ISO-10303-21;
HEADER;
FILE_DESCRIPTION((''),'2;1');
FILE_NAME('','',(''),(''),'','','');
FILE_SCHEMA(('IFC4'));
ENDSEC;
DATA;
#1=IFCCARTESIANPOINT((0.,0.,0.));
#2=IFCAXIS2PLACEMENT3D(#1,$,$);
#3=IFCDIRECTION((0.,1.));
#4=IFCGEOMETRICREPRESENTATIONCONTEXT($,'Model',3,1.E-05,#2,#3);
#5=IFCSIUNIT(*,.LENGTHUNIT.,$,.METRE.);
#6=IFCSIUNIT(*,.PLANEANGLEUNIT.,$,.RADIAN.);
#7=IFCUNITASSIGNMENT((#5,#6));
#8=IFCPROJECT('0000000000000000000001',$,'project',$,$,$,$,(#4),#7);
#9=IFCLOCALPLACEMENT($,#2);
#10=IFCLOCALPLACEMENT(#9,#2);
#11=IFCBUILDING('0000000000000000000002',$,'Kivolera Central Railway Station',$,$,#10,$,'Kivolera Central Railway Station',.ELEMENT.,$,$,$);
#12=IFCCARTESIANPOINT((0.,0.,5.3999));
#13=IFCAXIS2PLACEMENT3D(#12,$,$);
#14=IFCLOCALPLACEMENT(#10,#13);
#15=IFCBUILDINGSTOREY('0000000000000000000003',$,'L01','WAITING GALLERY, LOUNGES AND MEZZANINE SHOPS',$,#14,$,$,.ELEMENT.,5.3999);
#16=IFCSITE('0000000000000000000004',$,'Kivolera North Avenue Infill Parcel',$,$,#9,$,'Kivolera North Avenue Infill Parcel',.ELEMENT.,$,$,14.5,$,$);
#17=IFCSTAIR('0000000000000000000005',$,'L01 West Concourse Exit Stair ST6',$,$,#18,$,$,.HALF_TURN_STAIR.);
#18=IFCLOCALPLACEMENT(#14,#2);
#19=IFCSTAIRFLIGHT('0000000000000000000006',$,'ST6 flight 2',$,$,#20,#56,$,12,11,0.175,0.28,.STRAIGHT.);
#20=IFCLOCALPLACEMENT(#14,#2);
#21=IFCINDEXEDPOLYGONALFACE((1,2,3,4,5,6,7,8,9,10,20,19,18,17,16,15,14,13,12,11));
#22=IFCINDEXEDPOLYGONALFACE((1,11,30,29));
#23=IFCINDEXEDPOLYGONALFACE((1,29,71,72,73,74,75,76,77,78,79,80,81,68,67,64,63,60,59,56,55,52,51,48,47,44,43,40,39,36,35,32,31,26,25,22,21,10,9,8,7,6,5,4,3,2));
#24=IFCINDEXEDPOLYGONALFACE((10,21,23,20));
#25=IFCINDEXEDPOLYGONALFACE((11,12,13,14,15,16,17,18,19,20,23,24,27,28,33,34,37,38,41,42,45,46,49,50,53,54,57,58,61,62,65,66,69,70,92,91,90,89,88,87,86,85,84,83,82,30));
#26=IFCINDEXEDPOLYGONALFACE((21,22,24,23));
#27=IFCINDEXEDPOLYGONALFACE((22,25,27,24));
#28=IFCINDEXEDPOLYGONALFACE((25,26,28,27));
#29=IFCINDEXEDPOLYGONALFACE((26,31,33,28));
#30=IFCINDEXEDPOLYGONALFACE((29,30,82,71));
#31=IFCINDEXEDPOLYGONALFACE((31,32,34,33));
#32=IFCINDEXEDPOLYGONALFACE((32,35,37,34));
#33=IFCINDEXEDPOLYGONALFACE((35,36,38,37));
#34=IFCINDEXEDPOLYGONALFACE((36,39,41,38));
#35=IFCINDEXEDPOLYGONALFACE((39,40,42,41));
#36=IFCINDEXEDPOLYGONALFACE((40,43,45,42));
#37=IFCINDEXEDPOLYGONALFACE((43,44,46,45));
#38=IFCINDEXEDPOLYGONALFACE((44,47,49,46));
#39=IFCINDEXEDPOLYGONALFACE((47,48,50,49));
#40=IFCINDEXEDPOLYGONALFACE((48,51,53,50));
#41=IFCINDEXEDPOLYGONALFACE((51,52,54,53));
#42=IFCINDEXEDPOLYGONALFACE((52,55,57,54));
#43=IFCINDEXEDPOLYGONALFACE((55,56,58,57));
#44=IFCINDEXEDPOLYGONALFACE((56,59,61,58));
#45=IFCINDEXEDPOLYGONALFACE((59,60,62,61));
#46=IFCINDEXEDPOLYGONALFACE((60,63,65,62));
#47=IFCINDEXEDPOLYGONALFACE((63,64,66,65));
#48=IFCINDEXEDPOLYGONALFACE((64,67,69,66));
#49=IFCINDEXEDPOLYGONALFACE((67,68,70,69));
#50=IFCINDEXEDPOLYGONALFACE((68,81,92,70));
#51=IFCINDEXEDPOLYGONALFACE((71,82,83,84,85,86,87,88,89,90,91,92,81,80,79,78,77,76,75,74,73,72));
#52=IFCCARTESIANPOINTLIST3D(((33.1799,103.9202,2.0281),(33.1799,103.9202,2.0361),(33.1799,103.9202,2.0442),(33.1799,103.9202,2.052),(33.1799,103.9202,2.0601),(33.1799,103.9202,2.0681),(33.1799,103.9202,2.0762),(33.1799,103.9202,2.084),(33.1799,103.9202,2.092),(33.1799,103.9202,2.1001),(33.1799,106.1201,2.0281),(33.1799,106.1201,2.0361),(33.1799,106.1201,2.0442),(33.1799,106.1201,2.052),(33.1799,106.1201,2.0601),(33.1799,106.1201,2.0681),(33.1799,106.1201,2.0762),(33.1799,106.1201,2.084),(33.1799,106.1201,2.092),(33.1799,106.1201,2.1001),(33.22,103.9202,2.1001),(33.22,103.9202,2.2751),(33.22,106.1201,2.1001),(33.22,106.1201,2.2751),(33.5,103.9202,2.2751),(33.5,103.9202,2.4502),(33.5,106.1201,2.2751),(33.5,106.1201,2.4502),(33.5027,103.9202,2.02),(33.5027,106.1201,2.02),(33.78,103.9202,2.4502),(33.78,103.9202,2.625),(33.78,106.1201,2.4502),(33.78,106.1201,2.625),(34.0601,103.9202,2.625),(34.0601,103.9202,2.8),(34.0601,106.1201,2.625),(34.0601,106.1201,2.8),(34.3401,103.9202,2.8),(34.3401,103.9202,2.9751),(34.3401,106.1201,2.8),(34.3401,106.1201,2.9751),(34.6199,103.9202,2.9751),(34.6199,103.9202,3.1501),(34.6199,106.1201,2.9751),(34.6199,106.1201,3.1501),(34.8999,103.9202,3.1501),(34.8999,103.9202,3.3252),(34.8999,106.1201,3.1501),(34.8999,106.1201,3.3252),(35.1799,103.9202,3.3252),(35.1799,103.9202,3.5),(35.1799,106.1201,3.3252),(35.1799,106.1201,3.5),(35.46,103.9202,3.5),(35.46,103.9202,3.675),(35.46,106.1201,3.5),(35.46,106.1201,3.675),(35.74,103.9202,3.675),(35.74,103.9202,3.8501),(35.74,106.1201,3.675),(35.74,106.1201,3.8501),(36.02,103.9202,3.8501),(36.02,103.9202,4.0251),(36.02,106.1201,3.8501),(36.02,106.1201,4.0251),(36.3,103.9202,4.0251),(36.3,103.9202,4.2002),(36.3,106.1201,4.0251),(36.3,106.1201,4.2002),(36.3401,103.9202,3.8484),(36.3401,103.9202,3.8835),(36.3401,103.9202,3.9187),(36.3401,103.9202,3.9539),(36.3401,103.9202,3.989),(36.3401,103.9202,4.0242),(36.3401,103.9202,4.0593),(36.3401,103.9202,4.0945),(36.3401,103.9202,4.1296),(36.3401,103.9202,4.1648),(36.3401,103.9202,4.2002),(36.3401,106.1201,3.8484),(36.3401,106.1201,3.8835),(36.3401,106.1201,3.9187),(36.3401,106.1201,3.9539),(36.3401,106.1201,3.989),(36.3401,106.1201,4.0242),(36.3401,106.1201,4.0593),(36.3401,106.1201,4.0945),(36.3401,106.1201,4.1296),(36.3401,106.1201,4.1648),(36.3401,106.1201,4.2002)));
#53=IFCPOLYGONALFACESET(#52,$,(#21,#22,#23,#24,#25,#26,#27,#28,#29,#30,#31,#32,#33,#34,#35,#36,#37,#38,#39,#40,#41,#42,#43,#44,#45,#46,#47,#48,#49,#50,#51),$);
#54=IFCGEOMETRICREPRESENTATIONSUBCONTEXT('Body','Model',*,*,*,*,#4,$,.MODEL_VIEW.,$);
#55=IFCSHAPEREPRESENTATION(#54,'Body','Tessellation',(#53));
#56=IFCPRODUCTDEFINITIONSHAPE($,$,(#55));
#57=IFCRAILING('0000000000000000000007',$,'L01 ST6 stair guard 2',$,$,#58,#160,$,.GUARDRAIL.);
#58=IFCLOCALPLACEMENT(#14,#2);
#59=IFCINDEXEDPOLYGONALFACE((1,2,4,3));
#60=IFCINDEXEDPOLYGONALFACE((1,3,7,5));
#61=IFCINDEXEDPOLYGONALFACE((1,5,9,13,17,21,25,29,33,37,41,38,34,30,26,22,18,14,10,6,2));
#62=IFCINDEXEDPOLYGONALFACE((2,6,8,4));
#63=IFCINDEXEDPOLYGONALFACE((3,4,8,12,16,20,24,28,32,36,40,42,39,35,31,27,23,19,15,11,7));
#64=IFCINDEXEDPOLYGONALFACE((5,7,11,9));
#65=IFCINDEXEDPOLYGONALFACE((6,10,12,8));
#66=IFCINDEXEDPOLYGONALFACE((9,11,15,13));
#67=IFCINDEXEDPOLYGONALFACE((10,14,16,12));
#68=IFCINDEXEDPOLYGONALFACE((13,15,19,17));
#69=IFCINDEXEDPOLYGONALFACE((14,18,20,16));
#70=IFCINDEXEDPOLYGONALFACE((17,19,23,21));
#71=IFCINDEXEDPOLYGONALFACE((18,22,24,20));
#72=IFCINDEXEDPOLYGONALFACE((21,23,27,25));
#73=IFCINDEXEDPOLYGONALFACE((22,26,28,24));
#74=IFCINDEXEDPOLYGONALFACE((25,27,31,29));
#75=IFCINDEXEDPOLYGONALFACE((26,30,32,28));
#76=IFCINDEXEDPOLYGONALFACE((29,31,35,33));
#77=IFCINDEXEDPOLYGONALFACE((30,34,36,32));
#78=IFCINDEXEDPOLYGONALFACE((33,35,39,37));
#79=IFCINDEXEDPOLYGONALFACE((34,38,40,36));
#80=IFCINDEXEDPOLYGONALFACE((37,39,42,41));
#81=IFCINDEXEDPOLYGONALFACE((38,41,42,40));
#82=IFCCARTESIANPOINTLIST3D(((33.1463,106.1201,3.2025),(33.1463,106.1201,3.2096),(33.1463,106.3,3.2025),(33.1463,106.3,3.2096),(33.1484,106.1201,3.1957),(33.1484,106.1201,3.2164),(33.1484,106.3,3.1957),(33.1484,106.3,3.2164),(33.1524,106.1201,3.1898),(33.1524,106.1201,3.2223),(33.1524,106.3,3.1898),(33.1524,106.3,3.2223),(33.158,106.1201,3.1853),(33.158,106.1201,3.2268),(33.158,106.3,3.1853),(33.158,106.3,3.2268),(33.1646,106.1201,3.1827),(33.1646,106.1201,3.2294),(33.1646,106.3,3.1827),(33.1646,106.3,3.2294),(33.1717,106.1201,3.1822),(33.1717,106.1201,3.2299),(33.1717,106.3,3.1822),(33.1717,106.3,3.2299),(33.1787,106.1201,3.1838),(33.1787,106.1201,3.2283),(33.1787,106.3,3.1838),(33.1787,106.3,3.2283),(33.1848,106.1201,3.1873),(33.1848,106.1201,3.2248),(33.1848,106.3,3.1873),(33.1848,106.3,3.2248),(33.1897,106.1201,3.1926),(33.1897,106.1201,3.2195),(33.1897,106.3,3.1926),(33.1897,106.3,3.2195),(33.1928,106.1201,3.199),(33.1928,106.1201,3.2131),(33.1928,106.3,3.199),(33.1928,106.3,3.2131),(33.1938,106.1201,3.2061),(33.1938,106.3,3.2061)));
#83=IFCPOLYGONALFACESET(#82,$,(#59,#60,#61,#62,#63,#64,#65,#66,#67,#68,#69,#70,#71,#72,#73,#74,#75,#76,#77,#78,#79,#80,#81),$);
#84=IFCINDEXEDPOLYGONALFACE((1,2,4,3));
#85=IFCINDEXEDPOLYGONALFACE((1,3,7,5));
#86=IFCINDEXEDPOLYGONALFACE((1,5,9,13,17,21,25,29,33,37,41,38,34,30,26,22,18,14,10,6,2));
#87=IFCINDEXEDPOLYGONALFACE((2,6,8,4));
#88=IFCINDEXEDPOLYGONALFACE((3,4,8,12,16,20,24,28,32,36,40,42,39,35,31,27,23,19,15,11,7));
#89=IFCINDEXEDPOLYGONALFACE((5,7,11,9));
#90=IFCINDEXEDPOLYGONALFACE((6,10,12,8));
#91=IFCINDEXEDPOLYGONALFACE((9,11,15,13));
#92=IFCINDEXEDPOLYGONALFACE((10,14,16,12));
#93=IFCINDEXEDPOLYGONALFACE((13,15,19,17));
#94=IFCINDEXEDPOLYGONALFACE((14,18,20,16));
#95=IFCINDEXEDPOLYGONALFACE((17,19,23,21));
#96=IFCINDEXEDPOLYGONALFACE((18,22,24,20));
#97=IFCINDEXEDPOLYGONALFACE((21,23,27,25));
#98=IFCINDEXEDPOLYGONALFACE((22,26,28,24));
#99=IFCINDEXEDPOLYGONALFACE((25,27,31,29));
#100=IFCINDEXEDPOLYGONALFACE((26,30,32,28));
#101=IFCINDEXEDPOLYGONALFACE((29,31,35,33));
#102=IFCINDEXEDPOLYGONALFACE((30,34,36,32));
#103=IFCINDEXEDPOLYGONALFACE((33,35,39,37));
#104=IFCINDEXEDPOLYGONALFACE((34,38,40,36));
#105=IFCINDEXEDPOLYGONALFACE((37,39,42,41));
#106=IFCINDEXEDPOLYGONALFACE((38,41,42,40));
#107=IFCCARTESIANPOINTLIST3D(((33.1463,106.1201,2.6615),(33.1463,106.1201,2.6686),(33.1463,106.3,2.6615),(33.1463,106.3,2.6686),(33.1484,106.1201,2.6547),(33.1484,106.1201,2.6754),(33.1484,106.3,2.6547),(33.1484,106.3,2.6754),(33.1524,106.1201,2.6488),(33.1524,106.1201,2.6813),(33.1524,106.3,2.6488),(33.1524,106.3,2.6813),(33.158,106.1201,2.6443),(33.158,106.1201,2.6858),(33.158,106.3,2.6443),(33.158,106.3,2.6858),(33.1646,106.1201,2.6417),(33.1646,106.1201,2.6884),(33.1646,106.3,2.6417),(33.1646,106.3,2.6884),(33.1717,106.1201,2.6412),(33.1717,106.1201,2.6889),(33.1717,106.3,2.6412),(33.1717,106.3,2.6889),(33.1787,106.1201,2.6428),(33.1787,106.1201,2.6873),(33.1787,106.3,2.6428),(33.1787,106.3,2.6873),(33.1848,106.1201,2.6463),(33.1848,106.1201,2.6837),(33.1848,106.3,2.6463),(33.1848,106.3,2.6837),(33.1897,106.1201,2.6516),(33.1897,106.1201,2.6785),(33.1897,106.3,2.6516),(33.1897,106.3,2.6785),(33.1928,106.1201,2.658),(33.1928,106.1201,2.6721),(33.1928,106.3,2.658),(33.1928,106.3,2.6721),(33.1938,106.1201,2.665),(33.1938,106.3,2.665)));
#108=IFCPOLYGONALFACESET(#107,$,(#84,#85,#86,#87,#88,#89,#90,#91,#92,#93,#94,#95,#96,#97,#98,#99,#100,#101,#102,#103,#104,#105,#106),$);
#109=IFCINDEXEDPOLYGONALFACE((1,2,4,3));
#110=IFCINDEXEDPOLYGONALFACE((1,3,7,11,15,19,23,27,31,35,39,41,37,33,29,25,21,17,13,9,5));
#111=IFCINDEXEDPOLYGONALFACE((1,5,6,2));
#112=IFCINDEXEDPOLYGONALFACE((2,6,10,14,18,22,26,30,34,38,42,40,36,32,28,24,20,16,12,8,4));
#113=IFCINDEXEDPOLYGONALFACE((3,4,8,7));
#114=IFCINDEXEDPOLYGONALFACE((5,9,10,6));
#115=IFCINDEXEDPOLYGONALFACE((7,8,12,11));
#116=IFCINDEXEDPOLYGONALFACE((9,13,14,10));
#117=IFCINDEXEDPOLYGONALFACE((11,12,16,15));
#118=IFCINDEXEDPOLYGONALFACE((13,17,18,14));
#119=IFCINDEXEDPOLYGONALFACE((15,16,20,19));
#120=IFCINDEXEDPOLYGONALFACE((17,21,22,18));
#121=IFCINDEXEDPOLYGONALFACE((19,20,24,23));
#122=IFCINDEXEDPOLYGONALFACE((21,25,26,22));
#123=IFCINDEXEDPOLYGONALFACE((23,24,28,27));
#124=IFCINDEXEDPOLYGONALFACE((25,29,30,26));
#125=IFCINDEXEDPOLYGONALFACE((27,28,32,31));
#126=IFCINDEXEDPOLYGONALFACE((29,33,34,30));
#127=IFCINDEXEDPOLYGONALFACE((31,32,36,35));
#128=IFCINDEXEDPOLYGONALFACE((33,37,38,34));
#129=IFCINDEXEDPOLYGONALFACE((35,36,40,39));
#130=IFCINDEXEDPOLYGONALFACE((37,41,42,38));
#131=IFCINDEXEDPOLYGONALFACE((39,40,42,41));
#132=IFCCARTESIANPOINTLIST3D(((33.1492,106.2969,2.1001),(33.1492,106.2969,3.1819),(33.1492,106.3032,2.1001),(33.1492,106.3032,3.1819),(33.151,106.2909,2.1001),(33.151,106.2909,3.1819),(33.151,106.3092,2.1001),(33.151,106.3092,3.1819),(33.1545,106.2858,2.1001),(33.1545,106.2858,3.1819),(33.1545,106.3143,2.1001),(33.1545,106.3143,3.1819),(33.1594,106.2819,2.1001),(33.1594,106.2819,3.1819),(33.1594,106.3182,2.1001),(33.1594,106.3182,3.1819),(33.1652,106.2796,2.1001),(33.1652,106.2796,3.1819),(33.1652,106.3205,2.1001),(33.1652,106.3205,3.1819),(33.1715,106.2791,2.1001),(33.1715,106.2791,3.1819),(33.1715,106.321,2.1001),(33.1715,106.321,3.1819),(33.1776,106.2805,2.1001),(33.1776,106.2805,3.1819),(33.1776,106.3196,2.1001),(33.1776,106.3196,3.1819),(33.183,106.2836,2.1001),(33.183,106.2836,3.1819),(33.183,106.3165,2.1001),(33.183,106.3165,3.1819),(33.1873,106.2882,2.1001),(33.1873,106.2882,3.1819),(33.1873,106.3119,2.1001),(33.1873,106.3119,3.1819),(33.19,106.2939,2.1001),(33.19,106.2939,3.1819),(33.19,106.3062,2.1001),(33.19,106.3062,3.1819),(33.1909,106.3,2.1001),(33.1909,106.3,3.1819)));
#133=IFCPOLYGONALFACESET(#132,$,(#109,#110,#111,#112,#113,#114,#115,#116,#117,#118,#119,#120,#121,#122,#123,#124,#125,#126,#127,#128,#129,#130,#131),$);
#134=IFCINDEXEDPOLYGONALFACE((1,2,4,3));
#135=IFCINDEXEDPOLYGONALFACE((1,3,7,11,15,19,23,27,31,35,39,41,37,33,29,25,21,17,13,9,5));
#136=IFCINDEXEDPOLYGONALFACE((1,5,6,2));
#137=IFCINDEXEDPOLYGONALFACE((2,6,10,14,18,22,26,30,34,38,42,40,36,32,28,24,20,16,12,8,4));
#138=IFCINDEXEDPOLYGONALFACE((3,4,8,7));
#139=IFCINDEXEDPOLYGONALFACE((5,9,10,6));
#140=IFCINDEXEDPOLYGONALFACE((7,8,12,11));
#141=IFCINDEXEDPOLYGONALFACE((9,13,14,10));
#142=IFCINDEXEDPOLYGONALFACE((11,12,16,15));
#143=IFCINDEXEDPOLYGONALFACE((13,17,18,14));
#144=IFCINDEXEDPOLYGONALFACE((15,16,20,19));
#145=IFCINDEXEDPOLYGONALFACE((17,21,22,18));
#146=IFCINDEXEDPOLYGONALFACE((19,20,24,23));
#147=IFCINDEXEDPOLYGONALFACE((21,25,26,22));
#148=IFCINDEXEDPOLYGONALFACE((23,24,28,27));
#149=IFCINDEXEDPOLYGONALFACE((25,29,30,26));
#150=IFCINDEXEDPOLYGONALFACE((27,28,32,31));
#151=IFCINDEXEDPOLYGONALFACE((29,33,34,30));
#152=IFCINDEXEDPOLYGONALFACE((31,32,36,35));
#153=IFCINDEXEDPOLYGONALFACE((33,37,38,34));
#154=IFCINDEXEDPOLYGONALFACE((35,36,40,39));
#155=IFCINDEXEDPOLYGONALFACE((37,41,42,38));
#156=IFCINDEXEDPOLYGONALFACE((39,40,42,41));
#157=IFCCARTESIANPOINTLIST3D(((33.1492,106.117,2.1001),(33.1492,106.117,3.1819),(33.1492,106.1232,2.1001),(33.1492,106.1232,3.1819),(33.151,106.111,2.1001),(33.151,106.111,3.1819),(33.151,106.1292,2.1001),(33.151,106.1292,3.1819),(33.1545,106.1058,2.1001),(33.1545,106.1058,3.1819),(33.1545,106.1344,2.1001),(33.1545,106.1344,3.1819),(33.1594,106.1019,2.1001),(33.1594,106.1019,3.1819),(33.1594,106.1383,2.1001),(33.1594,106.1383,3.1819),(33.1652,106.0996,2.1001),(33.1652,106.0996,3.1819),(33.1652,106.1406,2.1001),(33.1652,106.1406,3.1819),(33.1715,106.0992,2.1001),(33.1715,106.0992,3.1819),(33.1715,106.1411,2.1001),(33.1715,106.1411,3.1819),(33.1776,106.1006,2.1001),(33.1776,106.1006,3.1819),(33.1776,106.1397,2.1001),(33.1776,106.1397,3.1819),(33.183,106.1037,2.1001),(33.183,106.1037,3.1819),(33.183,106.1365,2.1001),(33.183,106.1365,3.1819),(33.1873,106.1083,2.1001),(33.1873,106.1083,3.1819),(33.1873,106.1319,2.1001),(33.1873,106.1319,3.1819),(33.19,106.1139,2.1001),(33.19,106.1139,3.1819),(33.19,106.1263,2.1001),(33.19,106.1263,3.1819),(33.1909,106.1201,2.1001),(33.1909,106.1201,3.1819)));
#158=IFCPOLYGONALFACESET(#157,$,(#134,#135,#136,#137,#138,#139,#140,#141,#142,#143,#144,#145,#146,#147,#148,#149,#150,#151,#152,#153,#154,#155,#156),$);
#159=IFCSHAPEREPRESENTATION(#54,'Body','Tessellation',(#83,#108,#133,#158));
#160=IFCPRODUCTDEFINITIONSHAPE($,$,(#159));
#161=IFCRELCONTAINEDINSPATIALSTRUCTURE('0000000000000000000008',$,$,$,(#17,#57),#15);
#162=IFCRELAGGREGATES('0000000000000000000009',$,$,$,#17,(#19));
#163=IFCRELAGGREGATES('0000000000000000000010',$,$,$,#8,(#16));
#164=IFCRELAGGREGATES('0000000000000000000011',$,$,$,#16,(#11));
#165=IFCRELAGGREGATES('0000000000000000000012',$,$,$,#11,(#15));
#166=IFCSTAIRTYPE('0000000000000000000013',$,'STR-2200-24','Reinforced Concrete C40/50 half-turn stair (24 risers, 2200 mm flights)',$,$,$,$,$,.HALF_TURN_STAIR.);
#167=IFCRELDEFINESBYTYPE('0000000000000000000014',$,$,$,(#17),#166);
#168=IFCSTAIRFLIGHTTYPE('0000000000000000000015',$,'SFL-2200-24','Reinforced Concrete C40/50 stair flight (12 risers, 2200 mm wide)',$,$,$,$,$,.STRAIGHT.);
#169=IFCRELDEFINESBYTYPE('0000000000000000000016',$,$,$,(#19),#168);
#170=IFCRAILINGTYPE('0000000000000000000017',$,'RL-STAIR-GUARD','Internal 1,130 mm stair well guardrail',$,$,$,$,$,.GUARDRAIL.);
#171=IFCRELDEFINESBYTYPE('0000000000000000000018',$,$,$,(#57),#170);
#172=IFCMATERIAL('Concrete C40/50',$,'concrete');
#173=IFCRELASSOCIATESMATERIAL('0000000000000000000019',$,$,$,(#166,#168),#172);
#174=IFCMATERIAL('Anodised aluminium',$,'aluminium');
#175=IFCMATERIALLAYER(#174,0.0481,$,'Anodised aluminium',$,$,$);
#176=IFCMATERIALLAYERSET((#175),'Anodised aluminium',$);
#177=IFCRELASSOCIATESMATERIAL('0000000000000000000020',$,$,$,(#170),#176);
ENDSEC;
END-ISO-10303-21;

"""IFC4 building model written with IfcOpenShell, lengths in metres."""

from ifc_helpers import new_model, si_unit, direction, frame, origin, origin_2d, place, context, subcontext, project, spatial, polyline, circle, outline, extrude, material, layer, layer_set, type_object, element, aggregate, save


model = new_model("IFC4")

# Units and contexts
model_context = context("Model", 3, precision=1e-05, world=origin(), true_north=direction((0.0, 1.0)))
body_context = subcontext(model_context, "Body", "Model", "MODEL_VIEW")
ifc_project = project(units=[si_unit("LENGTHUNIT", "METRE"), si_unit("PLANEANGLEUNIT", "RADIAN")], contexts=[model_context])

# Site, building, storey
site_placement = place(None, origin())
site = spatial("IfcSite", under=ifc_project, at=site_placement, Name="Kivolera North Avenue Infill Parcel", LongName="Kivolera North Avenue Infill Parcel", CompositionType="ELEMENT", RefElevation=14.5)
building_placement = place(site_placement, origin())
building = spatial("IfcBuilding", under=site, at=building_placement, Name="Kivolera Central Railway Station", LongName="Kivolera Central Railway Station", CompositionType="ELEMENT")
storey_placement = place(building_placement, frame((0.0, 0.0, 5.3999)))
storey = spatial("IfcBuildingStorey", under=building, at=storey_placement, Name="L01", Description="WAITING GALLERY, LOUNGES AND MEZZANINE SHOPS", CompositionType="ELEMENT", Elevation=5.3999)

# Shared definitions
ifc_material_1 = material(Name="Concrete C40/50", Category="concrete")

# Shared definitions
ifc_material_2 = material(Name="Anodised aluminium", Category="aluminium")

# Stair, stair flight
stair_type = type_object("IfcStairType", Name="STR-2200-24", Description="Reinforced Concrete C40/50 half-turn stair (24 risers, 2200 mm flights)", PredefinedType="HALF_TURN_STAIR", material=ifc_material_1)
stair_placement = place(storey_placement, origin())
stair = element("IfcStair", 1, at=stair_placement, inside=storey, type_object=stair_type, Name="L01 West Concourse Exit Stair ST6", PredefinedType="HALF_TURN_STAIR")
stair_flight_type = type_object("IfcStairFlightType", Name="SFL-2200-24", Description="Reinforced Concrete C40/50 stair flight (12 risers, 2200 mm wide)", PredefinedType="STRAIGHT", material=ifc_material_1)
stair_flight_placement = place(storey_placement, frame((33.22, 105.02, 2.1001), z_axis=(0.0, 0.0, 1.0), x_axis=(1.0, 0.0, 0.0)))
stair_flight = element("IfcStairFlight", 2, at=stair_flight_placement, type_object=stair_flight_type, Name="ST6 flight 2", NumberOfRisers=12, NumberOfTreads=11, PredefinedType="STRAIGHT", RiserHeight=0.175, TreadLength=0.28, context=body_context, shape_type="SweptSolid", body=[
    extrude(outline(polyline([(-0.04, 0.0), (0.0, 0.0), (0.0, 0.175), (0.28, 0.175), (0.28, 0.3501), (0.5601, 0.3501), (0.5601, 0.5249), (0.8401, 0.5249), (0.8401, 0.7), (1.1201, 0.7), (1.1201, 0.875), (1.3999, 0.875), (1.3999, 1.05), (1.6799, 1.05), (1.6799, 1.2251), (1.96, 1.2251), (1.96, 1.3999), (2.24, 1.3999), (2.24, 1.575), (2.52, 1.575), (2.52, 1.75), (2.8, 1.75), (2.8, 1.925), (3.0801, 1.925), (3.0801, 2.1001), (3.1201, 2.1001), (3.1201, 2.0647), (3.1201, 2.0295), (3.1201, 1.9944), (3.1201, 1.9592), (3.1201, 1.9241), (3.1201, 1.8889), (3.1201, 1.8538), (3.1201, 1.8186), (3.1201, 1.7834), (3.1201, 1.7483), (0.2827, -0.0801), (-0.04, -0.072), (-0.04, -0.064), (-0.04, -0.0559), (-0.04, -0.0481), (-0.04, -0.04), (-0.04, -0.032), (-0.04, -0.0239), (-0.04, -0.0161), (-0.04, -0.0081), (-0.04, 0.0)])), frame((0.0, 1.1001, 0.0), z_axis=(0.0, -1.0, 0.0), x_axis=(1.0, 0.0, 0.0)), (0.0, 0.0, 1.0), 2.2),
])
aggregate(stair, [stair_flight])

# Railing
ifc_layer_1 = layer(ifc_material_2, 0.0481, Name="Anodised aluminium")
ifc_layer_set_1 = layer_set([ifc_layer_1], Name="Anodised aluminium")
railing_type_1 = type_object("IfcRailingType", Name="RL-STAIR-GUARD", Description="Internal 1,130 mm stair well guardrail", PredefinedType="GUARDRAIL", material=ifc_layer_set_1)
railing_1_placement = place(storey_placement, frame((33.1699, 106.3, 2.1001)))
element("IfcRailing", 3, at=railing_1_placement, inside=storey, type_object=railing_type_1, Name="L01 ST6 stair guard 2", PredefinedType="GUARDRAIL", context=body_context, shape_type="SweptSolid", body=[
    extrude(circle(Radius=0.0239, at=origin_2d()), frame((0.0, 0.0, 1.106), z_axis=(0.0, -1.0, 0.0), x_axis=(1.0, 0.0, 0.0)), (0.0, 0.0, 1.0), 0.1799),
    extrude(circle(Radius=0.0239, at=origin_2d()), frame((0.0, 0.0, 0.5649), z_axis=(0.0, -1.0, 0.0), x_axis=(1.0, 0.0, 0.0)), (0.0, 0.0, 1.0), 0.1799),
    extrude(circle(Radius=0.021, at=origin_2d()), origin(), (0.0, 0.0, 1.0), 1.0818),
    extrude(circle(Radius=0.021, at=origin_2d()), frame((0.0, -0.1799, 0.0)), (0.0, 0.0, 1.0), 1.0818),
])

save(model, "model.ifc")
